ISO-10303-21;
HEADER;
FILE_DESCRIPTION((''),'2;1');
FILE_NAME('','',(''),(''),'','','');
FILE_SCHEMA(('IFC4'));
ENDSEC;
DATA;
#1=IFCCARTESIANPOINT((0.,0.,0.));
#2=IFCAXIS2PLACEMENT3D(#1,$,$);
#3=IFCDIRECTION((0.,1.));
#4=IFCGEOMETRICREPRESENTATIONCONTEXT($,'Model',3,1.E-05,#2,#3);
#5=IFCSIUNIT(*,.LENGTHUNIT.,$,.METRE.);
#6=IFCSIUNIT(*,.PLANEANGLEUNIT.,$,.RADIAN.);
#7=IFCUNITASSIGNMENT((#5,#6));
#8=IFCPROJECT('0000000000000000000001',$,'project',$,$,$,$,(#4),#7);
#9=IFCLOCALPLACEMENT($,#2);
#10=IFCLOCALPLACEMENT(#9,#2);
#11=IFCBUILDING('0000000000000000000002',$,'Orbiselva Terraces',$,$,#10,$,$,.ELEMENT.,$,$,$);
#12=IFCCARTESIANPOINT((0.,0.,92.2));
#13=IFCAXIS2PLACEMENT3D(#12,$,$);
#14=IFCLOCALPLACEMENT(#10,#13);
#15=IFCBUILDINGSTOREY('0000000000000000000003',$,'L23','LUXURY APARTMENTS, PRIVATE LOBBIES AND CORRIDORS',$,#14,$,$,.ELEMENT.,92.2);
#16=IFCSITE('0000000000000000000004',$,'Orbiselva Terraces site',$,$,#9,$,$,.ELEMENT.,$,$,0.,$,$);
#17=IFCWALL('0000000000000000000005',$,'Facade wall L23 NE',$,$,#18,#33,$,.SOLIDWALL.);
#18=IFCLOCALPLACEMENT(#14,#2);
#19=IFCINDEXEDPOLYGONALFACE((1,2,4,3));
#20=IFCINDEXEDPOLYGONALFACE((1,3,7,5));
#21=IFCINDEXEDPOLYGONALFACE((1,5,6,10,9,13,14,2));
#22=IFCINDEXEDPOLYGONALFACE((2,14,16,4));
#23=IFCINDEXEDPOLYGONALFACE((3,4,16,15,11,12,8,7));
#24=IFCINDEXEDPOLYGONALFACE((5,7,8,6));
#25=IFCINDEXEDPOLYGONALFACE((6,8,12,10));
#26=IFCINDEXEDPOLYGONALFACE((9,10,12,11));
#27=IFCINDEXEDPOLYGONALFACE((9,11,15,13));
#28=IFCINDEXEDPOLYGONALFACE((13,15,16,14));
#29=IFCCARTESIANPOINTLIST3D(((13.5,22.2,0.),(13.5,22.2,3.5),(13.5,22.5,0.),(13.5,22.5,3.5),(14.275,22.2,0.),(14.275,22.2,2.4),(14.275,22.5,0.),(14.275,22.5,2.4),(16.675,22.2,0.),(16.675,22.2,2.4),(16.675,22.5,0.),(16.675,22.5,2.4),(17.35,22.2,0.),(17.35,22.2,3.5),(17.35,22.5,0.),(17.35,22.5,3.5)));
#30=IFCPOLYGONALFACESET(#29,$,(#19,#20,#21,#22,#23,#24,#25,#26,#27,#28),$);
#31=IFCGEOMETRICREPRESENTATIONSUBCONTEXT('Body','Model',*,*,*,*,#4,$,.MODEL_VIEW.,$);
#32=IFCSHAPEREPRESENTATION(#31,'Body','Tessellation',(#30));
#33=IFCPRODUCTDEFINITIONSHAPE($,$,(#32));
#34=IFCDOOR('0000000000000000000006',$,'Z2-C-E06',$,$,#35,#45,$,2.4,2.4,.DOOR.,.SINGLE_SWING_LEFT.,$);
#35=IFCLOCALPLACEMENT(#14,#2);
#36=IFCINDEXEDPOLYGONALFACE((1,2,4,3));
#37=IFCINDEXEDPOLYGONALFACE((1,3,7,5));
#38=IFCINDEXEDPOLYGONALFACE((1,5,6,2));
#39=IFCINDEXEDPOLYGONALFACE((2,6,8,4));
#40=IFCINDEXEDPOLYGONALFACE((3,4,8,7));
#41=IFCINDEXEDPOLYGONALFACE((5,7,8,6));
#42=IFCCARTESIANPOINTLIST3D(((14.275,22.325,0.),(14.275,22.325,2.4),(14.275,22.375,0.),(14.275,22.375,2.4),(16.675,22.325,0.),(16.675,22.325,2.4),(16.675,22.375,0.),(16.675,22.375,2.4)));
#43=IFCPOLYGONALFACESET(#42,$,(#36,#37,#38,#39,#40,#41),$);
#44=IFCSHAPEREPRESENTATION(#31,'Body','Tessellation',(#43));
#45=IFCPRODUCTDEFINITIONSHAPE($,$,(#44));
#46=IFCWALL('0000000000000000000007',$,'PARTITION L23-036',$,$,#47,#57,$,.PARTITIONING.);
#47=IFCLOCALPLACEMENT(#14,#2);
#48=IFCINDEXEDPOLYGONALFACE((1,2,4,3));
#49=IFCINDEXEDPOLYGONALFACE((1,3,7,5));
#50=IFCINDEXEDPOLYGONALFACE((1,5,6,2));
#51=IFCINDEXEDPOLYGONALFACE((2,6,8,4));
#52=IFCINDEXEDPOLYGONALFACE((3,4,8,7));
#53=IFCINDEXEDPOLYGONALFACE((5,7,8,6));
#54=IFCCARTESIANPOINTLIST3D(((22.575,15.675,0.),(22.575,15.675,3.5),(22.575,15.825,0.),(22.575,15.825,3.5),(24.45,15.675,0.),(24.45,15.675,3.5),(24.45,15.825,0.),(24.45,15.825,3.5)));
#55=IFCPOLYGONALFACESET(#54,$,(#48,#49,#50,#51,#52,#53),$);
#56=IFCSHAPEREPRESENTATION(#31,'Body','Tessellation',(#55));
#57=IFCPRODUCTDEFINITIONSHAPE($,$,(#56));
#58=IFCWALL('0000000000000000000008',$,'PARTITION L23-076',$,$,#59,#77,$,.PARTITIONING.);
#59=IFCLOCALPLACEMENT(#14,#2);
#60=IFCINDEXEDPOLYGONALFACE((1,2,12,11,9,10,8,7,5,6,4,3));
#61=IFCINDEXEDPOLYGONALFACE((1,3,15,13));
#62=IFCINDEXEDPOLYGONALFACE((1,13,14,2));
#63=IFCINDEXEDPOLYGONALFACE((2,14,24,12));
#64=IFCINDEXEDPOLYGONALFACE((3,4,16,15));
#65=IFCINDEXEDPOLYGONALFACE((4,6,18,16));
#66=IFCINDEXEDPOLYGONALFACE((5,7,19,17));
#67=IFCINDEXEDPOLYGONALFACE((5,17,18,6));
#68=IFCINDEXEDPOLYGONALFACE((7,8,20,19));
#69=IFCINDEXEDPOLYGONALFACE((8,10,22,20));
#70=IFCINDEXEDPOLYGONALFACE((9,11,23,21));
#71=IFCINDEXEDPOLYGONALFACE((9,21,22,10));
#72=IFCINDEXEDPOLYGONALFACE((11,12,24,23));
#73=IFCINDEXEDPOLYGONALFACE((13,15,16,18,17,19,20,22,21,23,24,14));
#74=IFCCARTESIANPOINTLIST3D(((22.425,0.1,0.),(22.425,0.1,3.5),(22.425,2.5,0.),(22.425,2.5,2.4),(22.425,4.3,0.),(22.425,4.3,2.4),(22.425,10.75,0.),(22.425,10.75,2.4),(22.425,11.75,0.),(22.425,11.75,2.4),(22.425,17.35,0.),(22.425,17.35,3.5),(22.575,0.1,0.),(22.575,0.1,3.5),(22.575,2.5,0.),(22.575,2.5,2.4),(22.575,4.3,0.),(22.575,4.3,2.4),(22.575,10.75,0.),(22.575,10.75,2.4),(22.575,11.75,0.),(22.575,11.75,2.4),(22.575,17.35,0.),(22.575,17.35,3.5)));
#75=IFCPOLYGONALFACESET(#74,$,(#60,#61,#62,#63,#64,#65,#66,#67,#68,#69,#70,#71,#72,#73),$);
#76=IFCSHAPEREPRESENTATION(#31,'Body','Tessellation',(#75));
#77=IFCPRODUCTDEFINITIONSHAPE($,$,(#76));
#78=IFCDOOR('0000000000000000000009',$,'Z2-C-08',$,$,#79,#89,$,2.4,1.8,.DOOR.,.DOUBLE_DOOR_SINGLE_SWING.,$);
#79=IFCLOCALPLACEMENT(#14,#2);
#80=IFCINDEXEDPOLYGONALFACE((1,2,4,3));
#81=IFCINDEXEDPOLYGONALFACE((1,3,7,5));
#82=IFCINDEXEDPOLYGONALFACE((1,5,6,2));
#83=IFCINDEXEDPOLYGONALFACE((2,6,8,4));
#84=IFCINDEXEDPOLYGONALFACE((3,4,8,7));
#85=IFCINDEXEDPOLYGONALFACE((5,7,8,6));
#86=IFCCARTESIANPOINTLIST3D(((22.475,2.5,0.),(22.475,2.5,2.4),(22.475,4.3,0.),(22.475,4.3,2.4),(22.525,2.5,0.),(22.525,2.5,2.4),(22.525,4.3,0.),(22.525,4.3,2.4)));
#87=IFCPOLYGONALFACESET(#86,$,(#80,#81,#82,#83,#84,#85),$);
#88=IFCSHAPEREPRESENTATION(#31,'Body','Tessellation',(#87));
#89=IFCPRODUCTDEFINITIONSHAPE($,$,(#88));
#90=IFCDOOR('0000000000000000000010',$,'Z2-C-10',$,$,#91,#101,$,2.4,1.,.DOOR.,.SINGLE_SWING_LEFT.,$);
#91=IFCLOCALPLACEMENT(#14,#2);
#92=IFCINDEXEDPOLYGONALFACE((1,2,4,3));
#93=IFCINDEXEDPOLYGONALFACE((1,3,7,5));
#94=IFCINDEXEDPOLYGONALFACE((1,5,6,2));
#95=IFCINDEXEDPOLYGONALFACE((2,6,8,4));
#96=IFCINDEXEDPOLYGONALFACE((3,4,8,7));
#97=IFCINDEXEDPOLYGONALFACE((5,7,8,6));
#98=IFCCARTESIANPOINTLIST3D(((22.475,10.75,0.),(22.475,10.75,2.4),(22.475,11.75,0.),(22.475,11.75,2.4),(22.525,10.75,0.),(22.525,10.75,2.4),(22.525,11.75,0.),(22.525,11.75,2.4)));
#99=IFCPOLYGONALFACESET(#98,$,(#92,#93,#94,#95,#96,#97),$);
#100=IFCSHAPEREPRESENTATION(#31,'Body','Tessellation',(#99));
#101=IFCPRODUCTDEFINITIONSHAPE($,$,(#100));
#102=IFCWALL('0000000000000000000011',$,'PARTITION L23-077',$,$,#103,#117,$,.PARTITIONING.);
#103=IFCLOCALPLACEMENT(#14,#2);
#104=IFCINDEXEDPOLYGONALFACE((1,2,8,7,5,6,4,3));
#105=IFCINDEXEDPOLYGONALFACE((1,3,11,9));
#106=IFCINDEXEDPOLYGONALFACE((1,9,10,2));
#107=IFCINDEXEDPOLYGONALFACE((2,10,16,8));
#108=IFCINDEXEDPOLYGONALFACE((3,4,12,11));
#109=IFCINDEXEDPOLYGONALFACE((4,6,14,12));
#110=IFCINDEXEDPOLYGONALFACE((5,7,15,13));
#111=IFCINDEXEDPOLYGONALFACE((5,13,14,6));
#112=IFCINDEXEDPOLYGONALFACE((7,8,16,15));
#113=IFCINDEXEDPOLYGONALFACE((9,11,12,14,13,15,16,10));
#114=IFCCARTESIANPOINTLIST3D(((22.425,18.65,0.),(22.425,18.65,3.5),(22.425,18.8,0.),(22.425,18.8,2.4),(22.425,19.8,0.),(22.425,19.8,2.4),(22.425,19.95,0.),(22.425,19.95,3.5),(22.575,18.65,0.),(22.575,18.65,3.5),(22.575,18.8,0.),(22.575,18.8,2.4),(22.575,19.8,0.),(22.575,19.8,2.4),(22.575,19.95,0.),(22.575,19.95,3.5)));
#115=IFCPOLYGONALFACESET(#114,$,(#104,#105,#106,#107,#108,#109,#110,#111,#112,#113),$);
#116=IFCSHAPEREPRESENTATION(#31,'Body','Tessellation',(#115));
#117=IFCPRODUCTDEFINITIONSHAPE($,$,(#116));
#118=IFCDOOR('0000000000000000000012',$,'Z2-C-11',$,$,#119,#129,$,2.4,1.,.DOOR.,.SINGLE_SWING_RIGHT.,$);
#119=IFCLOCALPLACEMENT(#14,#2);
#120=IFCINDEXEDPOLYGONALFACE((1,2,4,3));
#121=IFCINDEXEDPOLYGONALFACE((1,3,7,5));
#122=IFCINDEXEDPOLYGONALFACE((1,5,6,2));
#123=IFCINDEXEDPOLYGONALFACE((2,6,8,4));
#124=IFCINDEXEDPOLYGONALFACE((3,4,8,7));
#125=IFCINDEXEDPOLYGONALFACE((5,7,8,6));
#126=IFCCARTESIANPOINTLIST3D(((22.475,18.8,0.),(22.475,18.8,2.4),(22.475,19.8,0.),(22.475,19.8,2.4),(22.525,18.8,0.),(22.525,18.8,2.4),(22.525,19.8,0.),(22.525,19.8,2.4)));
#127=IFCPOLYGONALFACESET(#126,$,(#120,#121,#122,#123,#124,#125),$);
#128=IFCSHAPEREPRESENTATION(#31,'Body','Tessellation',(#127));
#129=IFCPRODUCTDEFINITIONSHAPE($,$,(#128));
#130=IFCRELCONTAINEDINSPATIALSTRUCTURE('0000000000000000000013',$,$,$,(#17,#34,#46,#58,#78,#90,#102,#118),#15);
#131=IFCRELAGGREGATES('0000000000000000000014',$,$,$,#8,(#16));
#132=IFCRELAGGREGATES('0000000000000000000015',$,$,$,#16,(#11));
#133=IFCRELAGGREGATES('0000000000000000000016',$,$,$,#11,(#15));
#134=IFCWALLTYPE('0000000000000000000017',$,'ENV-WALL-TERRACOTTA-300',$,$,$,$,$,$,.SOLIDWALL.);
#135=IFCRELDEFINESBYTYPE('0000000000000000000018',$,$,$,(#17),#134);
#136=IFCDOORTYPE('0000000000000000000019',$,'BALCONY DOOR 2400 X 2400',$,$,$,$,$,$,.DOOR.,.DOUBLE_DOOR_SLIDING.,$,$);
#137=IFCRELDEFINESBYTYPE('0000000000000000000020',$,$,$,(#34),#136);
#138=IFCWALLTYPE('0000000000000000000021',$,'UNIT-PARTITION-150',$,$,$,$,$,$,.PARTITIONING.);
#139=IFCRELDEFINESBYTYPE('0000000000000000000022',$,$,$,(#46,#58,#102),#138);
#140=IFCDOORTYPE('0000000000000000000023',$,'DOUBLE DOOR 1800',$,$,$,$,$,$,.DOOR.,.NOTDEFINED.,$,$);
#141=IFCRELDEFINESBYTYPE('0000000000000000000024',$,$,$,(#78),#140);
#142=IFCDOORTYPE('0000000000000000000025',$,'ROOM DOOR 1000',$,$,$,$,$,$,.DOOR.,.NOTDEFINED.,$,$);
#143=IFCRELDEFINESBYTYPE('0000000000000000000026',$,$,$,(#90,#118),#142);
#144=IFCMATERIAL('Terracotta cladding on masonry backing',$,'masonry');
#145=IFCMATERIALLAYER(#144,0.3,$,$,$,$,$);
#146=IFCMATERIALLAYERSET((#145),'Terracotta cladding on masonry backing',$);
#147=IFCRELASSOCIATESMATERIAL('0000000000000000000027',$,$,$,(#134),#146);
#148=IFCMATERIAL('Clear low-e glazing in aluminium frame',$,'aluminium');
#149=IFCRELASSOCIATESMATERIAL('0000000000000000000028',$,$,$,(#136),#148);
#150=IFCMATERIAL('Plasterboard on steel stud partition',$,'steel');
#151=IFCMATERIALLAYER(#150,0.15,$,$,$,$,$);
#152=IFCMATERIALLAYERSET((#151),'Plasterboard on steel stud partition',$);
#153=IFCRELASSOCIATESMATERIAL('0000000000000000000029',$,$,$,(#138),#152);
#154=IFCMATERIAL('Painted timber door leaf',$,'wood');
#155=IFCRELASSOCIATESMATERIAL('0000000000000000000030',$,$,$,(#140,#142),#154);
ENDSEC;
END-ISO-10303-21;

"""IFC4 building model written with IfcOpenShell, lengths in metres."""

from ifc_helpers import new_model, si_unit, direction, frame, frame_2d, origin, place, context, subcontext, project, spatial, rectangle, extrude, material, layer, layer_set, type_object, element, fill, save


model = new_model("IFC4")

# Units and contexts
model_context = context("Model", 3, precision=1e-05, world=origin(), true_north=direction((0.0, 1.0)))
body_context = subcontext(model_context, "Body", "Model", "MODEL_VIEW")
ifc_project = project(units=[si_unit("LENGTHUNIT", "METRE"), si_unit("PLANEANGLEUNIT", "RADIAN")], contexts=[model_context])

# Site, building, storey
site_placement = place(None, origin())
site = spatial("IfcSite", under=ifc_project, at=site_placement, Name="Orbiselva Terraces site", CompositionType="ELEMENT", RefElevation=0.0)
building_placement = place(site_placement, origin())
building = spatial("IfcBuilding", under=site, at=building_placement, Name="Orbiselva Terraces", CompositionType="ELEMENT")
storey_placement = place(building_placement, frame((0.0, 0.0, 92.2)))
storey = spatial("IfcBuildingStorey", under=building, at=storey_placement, Name="L23", Description="LUXURY APARTMENTS, PRIVATE LOBBIES AND CORRIDORS", CompositionType="ELEMENT", Elevation=92.2)

# Shared definitions
ifc_material_1 = material(Name="Terracotta cladding on masonry backing", Category="masonry")
ifc_layer_1 = layer(ifc_material_1, 0.3)
ifc_layer_set_1 = layer_set([ifc_layer_1], Name="Terracotta cladding on masonry backing")
wall_type_1 = type_object("IfcWallType", Name="ENV-WALL-TERRACOTTA-300", PredefinedType="SOLIDWALL", material=ifc_layer_set_1)
ifc_material_2 = material(Name="Clear low-e glazing in aluminium frame", Category="aluminium")

# Wall, opening, door
wall_1_placement = place(storey_placement, frame((13.5, 22.35, 0.0), z_axis=(0.0, 0.0, 1.0), x_axis=(1.0, 0.0, 0.0)))
wall_1 = element("IfcWall", 1, at=wall_1_placement, inside=storey, type_object=wall_type_1, Name="Facade wall L23 NE", PredefinedType="SOLIDWALL", context=body_context, shape_type="SweptSolid", body=[
    extrude(rectangle(XDim=3.85, YDim=0.3, at=frame_2d((1.925, 0.0))), origin(), (0.0, 0.0, 1.0), 3.5),
])
opening_1_placement = place(wall_1_placement, frame((0.775, 0.0, 0.0)))
opening_1 = element("IfcOpeningElement", 2, at=opening_1_placement, cuts=wall_1, PredefinedType="OPENING", context=body_context, shape_type="SweptSolid", body=[
    extrude(rectangle(XDim=2.4, YDim=2.4, at=frame_2d((1.2, 1.2))), frame((0.0, 0.16, 0.0), z_axis=(0.0, -1.0, 0.0), x_axis=(1.0, 0.0, 0.0)), (0.0, 0.0, 1.0), 0.32),
])
door_type_1 = type_object("IfcDoorType", Name="BALCONY DOOR 2400 X 2400", OperationType="DOUBLE_DOOR_SLIDING", PredefinedType="DOOR", material=ifc_material_2)
door_1_placement = place(opening_1_placement, origin())
door_1 = element("IfcDoor", 3, at=door_1_placement, inside=storey, type_object=door_type_1, Name="Z2-C-E06", OperationType="SINGLE_SWING_LEFT", OverallHeight=2.4, OverallWidth=2.4, PredefinedType="DOOR", context=body_context, shape_type="SweptSolid", body=[
    extrude(rectangle(XDim=2.4, YDim=2.4, at=frame_2d((1.2, 1.2))), frame((0.0, 0.025, 0.0), z_axis=(0.0, -1.0, 0.0), x_axis=(1.0, 0.0, 0.0)), (0.0, 0.0, 1.0), 0.05),
])
fill(opening_1, door_1)

# Wall
ifc_material_3 = material(Name="Plasterboard on steel stud partition", Category="steel")
ifc_layer_2 = layer(ifc_material_3, 0.15)
ifc_layer_set_2 = layer_set([ifc_layer_2], Name="Plasterboard on steel stud partition")
wall_type_2 = type_object("IfcWallType", Name="UNIT-PARTITION-150", PredefinedType="PARTITIONING", material=ifc_layer_set_2)
wall_2_placement = place(storey_placement, frame((22.575, 15.75, 0.0), z_axis=(0.0, 0.0, 1.0), x_axis=(1.0, 0.0, 0.0)))
element("IfcWall", 4, at=wall_2_placement, inside=storey, type_object=wall_type_2, Name="PARTITION L23-036", PredefinedType="PARTITIONING", context=body_context, shape_type="SweptSolid", body=[
    extrude(rectangle(XDim=1.875, YDim=0.15, at=frame_2d((0.9375, 0.0))), origin(), (0.0, 0.0, 1.0), 3.5),
])

# Wall, openings, doors
wall_3_placement = place(storey_placement, frame((22.5, 17.35, 0.0), z_axis=(0.0, 0.0, 1.0), x_axis=(0.0, -1.0, 0.0)))
wall_3 = element("IfcWall", 5, at=wall_3_placement, inside=storey, type_object=wall_type_2, Name="PARTITION L23-076", PredefinedType="PARTITIONING", context=body_context, shape_type="SweptSolid", body=[
    extrude(rectangle(XDim=17.25, YDim=0.15, at=frame_2d((8.625, 0.0))), origin(), (0.0, 0.0, 1.0), 3.5),
])
opening_2_placement = place(wall_3_placement, frame((13.05, 0.0, 0.0)))
opening_2 = element("IfcOpeningElement", 6, at=opening_2_placement, cuts=wall_3, PredefinedType="OPENING", context=body_context, shape_type="SweptSolid", body=[
    extrude(rectangle(XDim=1.8, YDim=2.4, at=frame_2d((0.9, 1.2))), frame((0.0, 0.085, 0.0), z_axis=(0.0, -1.0, 0.0), x_axis=(1.0, 0.0, 0.0)), (0.0, 0.0, 1.0), 0.17),
])
opening_3_placement = place(wall_3_placement, frame((5.6, 0.0, 0.0)))
opening_3 = element("IfcOpeningElement", 7, at=opening_3_placement, cuts=wall_3, PredefinedType="OPENING", context=body_context, shape_type="SweptSolid", body=[
    extrude(rectangle(XDim=1.0, YDim=2.4, at=frame_2d((0.5, 1.2))), frame((0.0, 0.085, 0.0), z_axis=(0.0, -1.0, 0.0), x_axis=(1.0, 0.0, 0.0)), (0.0, 0.0, 1.0), 0.17),
])
ifc_material_4 = material(Name="Painted timber door leaf", Category="wood")
door_type_2 = type_object("IfcDoorType", Name="DOUBLE DOOR 1800", OperationType="NOTDEFINED", PredefinedType="DOOR", material=ifc_material_4)
door_2_placement = place(opening_2_placement, origin())
door_2 = element("IfcDoor", 8, at=door_2_placement, inside=storey, type_object=door_type_2, Name="Z2-C-08", OperationType="DOUBLE_DOOR_SINGLE_SWING", OverallHeight=2.4, OverallWidth=1.8, PredefinedType="DOOR", context=body_context, shape_type="SweptSolid", body=[
    extrude(rectangle(XDim=1.8, YDim=2.4, at=frame_2d((0.9, 1.2))), frame((0.0, 0.025, 0.0), z_axis=(0.0, -1.0, 0.0), x_axis=(1.0, 0.0, 0.0)), (0.0, 0.0, 1.0), 0.05),
])
fill(opening_2, door_2)
door_type_3 = type_object("IfcDoorType", Name="ROOM DOOR 1000", OperationType="NOTDEFINED", PredefinedType="DOOR", material=ifc_material_4)
door_3_placement = place(opening_3_placement, origin())
door_3 = element("IfcDoor", 9, at=door_3_placement, inside=storey, type_object=door_type_3, Name="Z2-C-10", OperationType="SINGLE_SWING_LEFT", OverallHeight=2.4, OverallWidth=1.0, PredefinedType="DOOR", context=body_context, shape_type="SweptSolid", body=[
    extrude(rectangle(XDim=1.0, YDim=2.4, at=frame_2d((0.5, 1.2))), frame((0.0, 0.025, 0.0), z_axis=(0.0, -1.0, 0.0), x_axis=(1.0, 0.0, 0.0)), (0.0, 0.0, 1.0), 0.05),
])
fill(opening_3, door_3)

# Wall, opening, door
wall_4_placement = place(storey_placement, frame((22.5, 19.95, 0.0), z_axis=(0.0, 0.0, 1.0), x_axis=(0.0, -1.0, 0.0)))
wall_4 = element("IfcWall", 10, at=wall_4_placement, inside=storey, type_object=wall_type_2, Name="PARTITION L23-077", PredefinedType="PARTITIONING", context=body_context, shape_type="SweptSolid", body=[
    extrude(rectangle(XDim=1.3, YDim=0.15, at=frame_2d((0.65, 0.0))), origin(), (0.0, 0.0, 1.0), 3.5),
])
opening_4_placement = place(wall_4_placement, frame((0.15, 0.0, 0.0)))
opening_4 = element("IfcOpeningElement", 11, at=opening_4_placement, cuts=wall_4, PredefinedType="OPENING", context=body_context, shape_type="SweptSolid", body=[
    extrude(rectangle(XDim=1.0, YDim=2.4, at=frame_2d((0.5, 1.2))), frame((0.0, 0.085, 0.0), z_axis=(0.0, -1.0, 0.0), x_axis=(1.0, 0.0, 0.0)), (0.0, 0.0, 1.0), 0.17),
])
door_4_placement = place(opening_4_placement, origin())
door_4 = element("IfcDoor", 12, at=door_4_placement, inside=storey, type_object=door_type_3, Name="Z2-C-11", OperationType="SINGLE_SWING_RIGHT", OverallHeight=2.4, OverallWidth=1.0, PredefinedType="DOOR", context=body_context, shape_type="SweptSolid", body=[
    extrude(rectangle(XDim=1.0, YDim=2.4, at=frame_2d((0.5, 1.2))), frame((0.0, 0.025, 0.0), z_axis=(0.0, -1.0, 0.0), x_axis=(1.0, 0.0, 0.0)), (0.0, 0.0, 1.0), 0.05),
])
fill(opening_4, door_4)

save(model, "model.ifc")
